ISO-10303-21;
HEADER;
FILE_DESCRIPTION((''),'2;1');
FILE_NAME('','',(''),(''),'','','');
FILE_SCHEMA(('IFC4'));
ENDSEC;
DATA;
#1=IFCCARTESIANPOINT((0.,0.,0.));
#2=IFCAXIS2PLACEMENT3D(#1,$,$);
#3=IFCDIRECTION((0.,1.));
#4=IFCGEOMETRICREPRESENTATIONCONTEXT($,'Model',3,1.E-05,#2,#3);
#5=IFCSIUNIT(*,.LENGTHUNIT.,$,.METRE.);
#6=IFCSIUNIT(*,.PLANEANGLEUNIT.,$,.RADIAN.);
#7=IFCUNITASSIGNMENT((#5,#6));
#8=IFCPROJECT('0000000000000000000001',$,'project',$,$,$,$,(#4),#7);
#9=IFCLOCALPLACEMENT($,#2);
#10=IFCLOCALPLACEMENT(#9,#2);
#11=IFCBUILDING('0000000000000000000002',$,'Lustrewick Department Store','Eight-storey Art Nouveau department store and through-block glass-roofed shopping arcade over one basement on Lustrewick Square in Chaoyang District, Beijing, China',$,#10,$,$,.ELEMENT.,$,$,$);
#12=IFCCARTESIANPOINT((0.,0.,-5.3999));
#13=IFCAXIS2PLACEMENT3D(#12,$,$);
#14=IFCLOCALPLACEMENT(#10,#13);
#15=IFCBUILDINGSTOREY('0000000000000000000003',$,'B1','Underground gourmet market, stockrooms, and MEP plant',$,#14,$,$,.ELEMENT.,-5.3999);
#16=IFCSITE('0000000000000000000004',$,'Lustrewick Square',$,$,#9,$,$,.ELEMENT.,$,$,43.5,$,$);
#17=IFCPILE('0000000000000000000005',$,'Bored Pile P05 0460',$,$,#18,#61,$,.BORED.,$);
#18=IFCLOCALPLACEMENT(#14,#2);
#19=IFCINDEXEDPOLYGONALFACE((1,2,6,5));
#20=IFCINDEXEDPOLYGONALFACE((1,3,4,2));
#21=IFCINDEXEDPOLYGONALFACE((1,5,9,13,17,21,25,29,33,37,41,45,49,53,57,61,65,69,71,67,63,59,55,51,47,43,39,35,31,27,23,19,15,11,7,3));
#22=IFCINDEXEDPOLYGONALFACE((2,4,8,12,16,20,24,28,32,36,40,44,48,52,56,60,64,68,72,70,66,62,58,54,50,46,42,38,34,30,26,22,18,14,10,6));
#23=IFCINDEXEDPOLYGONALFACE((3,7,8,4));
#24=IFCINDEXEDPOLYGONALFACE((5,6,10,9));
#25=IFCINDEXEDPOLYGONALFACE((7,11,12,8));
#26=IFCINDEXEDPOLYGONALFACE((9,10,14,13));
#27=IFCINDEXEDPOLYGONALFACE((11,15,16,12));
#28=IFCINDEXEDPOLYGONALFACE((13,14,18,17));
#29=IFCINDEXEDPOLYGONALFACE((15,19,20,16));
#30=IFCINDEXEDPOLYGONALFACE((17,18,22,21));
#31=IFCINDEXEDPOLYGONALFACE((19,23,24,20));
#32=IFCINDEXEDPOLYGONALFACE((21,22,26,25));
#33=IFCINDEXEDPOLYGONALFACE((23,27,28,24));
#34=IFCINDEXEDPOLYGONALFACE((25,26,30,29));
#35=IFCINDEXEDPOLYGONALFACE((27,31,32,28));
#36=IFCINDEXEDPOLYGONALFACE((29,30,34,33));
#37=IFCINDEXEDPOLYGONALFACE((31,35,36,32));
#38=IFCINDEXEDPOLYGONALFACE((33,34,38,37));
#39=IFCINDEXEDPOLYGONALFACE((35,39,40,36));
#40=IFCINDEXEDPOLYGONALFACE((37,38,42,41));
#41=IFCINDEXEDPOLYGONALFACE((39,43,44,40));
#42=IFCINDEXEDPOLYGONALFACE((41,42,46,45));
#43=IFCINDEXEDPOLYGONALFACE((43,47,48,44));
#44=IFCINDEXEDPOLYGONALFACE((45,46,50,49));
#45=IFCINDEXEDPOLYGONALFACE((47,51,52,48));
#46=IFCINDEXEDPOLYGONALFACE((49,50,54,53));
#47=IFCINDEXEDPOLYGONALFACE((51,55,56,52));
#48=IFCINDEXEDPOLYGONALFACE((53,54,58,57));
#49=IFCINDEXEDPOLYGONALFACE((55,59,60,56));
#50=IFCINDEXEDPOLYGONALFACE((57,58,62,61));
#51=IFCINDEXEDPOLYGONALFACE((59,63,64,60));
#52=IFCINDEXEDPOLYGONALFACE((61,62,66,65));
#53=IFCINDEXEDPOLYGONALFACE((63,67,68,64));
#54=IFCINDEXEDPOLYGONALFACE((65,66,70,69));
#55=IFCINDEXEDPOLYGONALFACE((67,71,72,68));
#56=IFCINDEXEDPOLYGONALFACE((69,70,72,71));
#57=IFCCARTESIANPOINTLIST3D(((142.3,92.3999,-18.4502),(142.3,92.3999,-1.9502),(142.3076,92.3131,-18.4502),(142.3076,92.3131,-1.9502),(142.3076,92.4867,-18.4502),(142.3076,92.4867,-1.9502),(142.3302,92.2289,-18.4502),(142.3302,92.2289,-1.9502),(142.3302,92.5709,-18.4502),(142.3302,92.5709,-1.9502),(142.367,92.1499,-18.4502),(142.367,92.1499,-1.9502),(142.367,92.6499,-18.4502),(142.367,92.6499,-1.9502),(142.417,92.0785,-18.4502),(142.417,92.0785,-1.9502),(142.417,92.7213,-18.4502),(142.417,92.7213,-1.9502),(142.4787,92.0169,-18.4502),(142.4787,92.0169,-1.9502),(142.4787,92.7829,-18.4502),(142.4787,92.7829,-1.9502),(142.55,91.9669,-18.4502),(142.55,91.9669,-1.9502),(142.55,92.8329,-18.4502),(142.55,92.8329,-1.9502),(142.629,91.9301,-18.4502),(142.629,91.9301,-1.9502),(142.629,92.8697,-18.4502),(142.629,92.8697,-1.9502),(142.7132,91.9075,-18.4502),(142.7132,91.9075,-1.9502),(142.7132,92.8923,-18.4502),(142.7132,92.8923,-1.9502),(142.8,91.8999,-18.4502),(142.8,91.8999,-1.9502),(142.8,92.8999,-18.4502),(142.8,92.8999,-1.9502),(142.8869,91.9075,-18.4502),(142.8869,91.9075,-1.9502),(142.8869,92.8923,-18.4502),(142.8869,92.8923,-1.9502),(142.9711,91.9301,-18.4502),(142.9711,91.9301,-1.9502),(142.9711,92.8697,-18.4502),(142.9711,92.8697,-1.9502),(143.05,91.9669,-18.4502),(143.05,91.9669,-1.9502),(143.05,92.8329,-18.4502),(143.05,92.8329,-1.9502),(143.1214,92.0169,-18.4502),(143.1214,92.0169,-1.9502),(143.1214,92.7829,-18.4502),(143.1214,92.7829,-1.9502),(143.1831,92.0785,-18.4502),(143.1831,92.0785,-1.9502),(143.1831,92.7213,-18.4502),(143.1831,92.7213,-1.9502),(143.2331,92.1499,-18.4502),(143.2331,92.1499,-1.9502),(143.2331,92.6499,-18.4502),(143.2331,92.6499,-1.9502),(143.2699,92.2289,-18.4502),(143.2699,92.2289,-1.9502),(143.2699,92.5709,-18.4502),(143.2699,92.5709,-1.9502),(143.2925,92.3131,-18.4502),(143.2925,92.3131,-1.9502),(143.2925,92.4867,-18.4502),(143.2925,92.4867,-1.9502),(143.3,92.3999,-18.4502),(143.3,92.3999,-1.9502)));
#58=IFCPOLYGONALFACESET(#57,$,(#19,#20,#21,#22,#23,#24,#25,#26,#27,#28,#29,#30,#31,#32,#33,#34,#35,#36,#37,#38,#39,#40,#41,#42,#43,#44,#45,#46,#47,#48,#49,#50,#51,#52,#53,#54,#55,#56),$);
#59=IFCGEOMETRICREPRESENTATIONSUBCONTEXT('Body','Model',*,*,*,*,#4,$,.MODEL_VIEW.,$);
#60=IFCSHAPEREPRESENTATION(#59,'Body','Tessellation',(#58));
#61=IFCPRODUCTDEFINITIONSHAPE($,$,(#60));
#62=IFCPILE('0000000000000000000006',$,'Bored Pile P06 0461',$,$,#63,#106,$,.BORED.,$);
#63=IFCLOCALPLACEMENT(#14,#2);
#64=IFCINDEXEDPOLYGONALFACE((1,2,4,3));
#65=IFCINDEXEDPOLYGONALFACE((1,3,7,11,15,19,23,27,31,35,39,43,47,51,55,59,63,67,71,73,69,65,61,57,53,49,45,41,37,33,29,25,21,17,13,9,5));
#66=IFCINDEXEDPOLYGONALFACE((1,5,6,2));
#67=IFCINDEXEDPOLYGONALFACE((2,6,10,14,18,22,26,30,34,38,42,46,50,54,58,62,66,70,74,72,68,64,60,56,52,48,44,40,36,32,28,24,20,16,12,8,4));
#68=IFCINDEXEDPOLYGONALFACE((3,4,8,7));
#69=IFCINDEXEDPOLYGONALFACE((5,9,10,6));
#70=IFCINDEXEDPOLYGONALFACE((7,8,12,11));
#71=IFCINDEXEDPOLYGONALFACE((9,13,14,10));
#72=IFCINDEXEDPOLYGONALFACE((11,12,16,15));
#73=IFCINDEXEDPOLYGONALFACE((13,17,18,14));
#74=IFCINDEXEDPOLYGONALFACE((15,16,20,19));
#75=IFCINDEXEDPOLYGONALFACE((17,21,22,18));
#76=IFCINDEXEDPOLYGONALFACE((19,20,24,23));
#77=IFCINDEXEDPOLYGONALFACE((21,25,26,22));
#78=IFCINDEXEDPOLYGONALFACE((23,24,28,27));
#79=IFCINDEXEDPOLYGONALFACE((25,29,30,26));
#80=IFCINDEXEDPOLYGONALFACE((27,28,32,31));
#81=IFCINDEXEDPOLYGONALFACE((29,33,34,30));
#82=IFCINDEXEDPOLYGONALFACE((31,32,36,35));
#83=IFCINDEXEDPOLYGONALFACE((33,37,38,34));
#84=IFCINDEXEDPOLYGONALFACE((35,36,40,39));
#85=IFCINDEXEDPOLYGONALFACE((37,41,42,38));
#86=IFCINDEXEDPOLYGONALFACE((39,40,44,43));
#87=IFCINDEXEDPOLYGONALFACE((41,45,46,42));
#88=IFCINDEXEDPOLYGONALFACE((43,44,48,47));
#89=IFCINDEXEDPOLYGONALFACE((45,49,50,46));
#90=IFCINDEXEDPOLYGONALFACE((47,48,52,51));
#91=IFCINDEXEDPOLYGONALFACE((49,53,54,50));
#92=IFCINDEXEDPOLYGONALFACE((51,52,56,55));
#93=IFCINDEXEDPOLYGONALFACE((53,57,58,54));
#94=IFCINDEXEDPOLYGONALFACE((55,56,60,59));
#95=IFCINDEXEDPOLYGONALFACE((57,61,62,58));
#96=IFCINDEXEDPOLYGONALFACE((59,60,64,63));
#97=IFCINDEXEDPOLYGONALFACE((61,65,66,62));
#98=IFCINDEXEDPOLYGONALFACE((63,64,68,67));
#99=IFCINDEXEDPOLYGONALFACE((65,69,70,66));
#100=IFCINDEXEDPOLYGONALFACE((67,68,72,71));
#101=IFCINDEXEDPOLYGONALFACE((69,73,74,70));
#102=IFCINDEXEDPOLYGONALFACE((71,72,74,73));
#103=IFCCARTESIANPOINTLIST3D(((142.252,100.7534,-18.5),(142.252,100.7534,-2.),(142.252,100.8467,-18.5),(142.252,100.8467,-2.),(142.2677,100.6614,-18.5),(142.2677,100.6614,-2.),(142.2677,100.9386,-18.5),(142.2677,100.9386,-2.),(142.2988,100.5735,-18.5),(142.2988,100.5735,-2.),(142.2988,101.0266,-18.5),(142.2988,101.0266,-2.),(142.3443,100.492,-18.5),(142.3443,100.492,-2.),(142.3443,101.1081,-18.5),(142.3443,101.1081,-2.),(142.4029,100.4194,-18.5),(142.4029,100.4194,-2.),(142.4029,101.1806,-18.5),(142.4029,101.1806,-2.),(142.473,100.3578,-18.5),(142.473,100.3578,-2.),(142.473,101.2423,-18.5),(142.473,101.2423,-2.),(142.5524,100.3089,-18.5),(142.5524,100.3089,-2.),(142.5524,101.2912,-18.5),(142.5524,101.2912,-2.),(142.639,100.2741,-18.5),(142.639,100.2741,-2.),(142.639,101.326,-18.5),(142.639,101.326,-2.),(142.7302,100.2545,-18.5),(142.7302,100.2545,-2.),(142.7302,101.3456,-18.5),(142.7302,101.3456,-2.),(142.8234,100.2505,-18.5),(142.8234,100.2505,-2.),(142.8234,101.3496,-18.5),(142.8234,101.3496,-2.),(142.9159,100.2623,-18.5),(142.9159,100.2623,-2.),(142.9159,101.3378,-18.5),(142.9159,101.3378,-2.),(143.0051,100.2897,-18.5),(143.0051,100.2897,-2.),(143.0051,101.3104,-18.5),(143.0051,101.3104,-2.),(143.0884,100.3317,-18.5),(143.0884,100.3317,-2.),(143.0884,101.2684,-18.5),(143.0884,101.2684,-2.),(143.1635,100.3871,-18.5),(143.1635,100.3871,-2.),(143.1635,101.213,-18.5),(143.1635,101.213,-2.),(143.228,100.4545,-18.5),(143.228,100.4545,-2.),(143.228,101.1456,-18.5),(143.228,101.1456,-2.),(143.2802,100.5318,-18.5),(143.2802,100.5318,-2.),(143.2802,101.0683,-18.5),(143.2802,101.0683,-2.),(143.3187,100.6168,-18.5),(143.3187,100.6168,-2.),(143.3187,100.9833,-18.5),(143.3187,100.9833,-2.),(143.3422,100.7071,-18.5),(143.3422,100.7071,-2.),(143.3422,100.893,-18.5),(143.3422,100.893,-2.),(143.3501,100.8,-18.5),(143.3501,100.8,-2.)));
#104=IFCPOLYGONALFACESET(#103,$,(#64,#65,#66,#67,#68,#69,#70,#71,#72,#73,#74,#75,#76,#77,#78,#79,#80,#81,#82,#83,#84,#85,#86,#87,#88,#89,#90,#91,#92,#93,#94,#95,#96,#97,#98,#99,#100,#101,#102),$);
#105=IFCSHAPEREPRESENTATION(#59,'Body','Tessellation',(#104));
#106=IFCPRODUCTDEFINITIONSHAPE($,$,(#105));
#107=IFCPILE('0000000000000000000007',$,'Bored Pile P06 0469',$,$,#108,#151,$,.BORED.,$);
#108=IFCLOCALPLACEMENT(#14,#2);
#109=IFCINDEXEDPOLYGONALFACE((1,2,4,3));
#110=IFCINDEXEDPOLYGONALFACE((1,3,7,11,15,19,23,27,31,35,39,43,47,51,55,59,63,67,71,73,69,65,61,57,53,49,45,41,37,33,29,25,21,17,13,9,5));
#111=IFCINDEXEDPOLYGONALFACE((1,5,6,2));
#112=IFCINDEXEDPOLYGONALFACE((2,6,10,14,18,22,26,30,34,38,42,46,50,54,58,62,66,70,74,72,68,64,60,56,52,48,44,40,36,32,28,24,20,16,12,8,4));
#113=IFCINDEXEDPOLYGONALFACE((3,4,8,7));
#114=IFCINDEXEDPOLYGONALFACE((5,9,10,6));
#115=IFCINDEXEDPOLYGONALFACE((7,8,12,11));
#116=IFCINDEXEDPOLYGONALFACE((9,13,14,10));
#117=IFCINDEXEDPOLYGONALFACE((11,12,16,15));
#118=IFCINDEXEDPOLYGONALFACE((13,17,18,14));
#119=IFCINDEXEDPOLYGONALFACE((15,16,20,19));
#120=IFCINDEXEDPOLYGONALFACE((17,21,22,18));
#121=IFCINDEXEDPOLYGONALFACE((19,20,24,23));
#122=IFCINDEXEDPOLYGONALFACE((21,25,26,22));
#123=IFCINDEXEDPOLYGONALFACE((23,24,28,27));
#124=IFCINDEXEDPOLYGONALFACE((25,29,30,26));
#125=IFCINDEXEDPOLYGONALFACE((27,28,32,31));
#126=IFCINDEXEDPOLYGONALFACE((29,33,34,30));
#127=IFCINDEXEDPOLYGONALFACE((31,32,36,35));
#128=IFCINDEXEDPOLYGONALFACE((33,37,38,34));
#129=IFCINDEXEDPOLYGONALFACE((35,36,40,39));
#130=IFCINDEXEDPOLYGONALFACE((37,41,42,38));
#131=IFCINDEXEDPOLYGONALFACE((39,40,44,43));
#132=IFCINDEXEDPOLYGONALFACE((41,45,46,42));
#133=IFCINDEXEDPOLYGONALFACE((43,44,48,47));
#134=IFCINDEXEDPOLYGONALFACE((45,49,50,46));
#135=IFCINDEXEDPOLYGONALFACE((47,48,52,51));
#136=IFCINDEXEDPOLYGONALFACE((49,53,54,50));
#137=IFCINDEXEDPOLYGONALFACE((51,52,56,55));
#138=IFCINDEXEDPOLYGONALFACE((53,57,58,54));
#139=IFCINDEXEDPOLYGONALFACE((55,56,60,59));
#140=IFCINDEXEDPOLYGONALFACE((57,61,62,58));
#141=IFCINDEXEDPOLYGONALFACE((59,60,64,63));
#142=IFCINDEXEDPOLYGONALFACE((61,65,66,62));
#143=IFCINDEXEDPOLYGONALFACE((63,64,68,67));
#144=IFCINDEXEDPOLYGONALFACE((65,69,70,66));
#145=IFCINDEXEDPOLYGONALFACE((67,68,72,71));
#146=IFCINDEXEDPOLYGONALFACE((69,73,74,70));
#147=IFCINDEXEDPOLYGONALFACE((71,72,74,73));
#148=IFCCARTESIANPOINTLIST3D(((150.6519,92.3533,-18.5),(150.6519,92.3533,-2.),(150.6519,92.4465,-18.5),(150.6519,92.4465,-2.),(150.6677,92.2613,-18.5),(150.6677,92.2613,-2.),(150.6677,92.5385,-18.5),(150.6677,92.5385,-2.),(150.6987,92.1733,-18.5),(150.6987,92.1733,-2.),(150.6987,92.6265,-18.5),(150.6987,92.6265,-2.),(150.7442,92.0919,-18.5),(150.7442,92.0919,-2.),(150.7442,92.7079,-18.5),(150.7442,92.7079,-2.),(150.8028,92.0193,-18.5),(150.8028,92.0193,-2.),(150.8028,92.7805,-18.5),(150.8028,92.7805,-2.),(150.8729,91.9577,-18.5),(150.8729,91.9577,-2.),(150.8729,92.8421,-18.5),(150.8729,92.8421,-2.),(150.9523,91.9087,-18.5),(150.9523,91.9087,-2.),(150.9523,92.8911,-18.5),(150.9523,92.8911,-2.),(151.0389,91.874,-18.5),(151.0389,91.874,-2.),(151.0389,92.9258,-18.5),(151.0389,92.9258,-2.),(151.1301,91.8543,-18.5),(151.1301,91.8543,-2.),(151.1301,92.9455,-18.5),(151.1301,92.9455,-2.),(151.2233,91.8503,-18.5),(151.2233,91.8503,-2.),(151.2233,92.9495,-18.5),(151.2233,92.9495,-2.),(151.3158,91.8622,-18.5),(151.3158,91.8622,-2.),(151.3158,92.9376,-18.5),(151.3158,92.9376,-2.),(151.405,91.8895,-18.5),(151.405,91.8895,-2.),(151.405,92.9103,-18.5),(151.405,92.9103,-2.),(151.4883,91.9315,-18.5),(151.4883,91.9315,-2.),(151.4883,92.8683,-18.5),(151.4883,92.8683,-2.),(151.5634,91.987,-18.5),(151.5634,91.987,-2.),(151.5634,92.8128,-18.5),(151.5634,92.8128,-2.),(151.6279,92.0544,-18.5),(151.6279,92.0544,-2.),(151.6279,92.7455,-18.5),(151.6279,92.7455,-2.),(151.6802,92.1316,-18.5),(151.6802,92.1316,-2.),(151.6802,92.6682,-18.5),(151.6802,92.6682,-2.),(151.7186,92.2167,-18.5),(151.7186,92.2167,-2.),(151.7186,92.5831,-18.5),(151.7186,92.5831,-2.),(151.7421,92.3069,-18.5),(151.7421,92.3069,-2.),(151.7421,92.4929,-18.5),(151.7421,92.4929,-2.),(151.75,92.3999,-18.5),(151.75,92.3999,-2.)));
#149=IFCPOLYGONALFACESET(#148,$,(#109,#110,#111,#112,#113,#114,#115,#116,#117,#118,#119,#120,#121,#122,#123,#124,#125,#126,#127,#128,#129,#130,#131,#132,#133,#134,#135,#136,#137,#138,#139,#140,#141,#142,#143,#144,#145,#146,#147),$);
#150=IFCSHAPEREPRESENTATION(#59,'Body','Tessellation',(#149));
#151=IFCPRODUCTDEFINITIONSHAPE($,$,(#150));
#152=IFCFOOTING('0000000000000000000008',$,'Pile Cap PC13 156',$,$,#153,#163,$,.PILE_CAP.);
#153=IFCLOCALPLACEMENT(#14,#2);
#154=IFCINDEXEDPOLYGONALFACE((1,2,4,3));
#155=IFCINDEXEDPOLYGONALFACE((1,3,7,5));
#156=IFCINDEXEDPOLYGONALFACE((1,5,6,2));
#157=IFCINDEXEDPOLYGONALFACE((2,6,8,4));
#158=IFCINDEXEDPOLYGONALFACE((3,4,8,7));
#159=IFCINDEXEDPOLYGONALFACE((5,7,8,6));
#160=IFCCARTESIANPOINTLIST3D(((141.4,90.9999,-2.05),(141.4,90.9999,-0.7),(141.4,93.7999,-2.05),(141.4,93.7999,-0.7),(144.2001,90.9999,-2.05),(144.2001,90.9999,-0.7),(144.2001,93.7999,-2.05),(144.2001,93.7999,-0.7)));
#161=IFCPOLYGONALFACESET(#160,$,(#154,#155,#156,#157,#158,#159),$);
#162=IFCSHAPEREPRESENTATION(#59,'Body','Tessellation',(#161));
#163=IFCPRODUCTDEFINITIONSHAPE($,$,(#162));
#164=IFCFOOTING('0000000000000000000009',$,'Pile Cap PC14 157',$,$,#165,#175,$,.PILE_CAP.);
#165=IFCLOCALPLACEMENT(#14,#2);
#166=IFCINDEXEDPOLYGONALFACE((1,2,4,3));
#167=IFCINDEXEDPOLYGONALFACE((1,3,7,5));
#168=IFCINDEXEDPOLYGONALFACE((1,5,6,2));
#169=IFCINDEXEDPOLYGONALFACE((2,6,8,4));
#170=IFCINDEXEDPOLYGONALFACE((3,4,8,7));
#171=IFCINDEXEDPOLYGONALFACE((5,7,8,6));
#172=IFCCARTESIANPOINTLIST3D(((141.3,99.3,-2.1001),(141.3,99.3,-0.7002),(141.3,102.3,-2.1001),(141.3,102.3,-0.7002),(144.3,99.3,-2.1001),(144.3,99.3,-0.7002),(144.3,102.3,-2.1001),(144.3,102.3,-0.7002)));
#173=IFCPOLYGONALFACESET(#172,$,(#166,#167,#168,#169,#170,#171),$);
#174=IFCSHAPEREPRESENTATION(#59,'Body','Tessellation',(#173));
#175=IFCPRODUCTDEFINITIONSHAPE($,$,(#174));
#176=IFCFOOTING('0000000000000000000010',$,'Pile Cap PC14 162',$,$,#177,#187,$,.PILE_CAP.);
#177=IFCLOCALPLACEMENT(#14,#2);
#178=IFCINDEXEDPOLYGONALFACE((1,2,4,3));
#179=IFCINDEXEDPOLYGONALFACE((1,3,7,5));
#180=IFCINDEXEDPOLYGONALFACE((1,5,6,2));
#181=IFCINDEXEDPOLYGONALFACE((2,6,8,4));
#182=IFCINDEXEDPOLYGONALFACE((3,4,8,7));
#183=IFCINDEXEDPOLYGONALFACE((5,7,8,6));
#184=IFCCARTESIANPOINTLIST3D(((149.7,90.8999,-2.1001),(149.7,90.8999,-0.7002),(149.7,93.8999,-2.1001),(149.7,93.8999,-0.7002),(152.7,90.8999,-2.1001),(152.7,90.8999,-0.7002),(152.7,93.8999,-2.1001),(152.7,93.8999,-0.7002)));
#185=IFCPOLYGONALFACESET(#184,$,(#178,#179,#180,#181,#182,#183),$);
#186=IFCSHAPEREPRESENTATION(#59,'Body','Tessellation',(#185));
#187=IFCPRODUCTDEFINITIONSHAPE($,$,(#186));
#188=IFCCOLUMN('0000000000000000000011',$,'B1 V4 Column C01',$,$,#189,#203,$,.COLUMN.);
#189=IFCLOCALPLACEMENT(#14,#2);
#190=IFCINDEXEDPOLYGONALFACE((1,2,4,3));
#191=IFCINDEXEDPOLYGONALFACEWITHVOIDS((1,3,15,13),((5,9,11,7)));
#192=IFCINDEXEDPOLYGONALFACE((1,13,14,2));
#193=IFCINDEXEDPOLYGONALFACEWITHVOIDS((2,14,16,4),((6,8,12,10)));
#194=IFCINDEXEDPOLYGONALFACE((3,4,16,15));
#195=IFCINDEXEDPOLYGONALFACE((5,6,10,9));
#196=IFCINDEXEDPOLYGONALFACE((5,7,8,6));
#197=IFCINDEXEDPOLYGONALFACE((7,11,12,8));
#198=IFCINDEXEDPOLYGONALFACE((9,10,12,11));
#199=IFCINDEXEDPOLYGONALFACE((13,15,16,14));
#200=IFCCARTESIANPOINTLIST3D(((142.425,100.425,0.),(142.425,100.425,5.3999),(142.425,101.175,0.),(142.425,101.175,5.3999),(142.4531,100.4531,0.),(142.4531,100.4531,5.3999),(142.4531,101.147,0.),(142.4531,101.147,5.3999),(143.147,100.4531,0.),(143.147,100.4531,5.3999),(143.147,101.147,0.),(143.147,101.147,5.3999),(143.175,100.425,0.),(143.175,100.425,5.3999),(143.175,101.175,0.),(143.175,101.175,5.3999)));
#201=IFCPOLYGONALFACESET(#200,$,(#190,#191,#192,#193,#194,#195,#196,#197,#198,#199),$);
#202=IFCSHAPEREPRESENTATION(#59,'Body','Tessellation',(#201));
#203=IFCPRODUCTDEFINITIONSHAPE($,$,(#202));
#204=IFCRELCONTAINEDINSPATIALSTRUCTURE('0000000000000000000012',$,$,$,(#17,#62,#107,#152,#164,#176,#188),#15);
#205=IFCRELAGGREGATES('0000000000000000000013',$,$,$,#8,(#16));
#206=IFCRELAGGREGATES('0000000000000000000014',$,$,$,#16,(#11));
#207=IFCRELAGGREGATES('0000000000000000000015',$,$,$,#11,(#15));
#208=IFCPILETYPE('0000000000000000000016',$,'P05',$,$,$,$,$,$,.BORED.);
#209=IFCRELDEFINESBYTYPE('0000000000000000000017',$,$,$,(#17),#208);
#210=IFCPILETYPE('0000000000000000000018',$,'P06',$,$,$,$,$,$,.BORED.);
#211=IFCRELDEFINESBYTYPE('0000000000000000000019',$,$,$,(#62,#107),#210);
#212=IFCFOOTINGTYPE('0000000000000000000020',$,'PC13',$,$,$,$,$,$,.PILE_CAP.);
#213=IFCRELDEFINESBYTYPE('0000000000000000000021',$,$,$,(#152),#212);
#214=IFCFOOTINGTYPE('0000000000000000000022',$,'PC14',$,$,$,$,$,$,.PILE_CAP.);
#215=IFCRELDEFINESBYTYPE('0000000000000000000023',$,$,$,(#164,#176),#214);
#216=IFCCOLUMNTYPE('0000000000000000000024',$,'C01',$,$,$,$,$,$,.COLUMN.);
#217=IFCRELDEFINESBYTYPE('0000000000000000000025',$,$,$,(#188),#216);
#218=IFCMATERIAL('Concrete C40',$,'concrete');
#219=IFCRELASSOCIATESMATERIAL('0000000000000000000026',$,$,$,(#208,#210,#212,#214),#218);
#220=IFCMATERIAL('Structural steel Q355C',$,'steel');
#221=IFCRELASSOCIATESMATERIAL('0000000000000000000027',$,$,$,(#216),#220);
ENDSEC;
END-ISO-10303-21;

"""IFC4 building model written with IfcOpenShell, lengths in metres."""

from ifc_helpers import new_model, si_unit, direction, frame, origin, origin_2d, place, context, subcontext, project, spatial, rectangle, hollow_rectangle, circle, extrude, material, material_profile, profile_set, type_object, element, save


model = new_model("IFC4")

# Units and contexts
model_context = context("Model", 3, precision=1e-05, world=origin(), true_north=direction((0.0, 1.0)))
body_context = subcontext(model_context, "Body", "Model", "MODEL_VIEW")
ifc_project = project(units=[si_unit("LENGTHUNIT", "METRE"), si_unit("PLANEANGLEUNIT", "RADIAN")], contexts=[model_context])

# Site, building, storey
site_placement = place(None, origin())
site = spatial("IfcSite", under=ifc_project, at=site_placement, Name="Lustrewick Square", CompositionType="ELEMENT", RefElevation=43.5)
building_placement = place(site_placement, origin())
building = spatial("IfcBuilding", under=site, at=building_placement, Name="Lustrewick Department Store", Description="Eight-storey Art Nouveau department store and through-block glass-roofed shopping arcade over one basement on Lustrewick Square in Chaoyang District, Beijing, China", CompositionType="ELEMENT")
storey_placement = place(building_placement, frame((0.0, 0.0, -5.3999)))
storey = spatial("IfcBuildingStorey", under=building, at=storey_placement, Name="B1", Description="Underground gourmet market, stockrooms, and MEP plant", CompositionType="ELEMENT", Elevation=-5.3999)

# Piles
ifc_material_1 = material(Name="Concrete C40", Category="concrete")
ifc_material_profile_1 = material_profile(ifc_material_1, circle(Radius=0.5, at=origin_2d()), Name="PILE D1000")
ifc_profile_set_1 = profile_set([ifc_material_profile_1], Name="Concrete C40")
pile_type_1 = type_object("IfcPileType", Name="P05", PredefinedType="BORED", material=ifc_profile_set_1)
pile_placement = place(storey_placement, frame((142.8, 92.3999, -1.9502), z_axis=(0.0, 0.0, -1.0), x_axis=(1.0, 0.0, 0.0)))
element("IfcPile", 1, at=pile_placement, inside=storey, type_object=pile_type_1, Name="Bored Pile P05 0460", PredefinedType="BORED", context=body_context, shape_type="SweptSolid", body=[
    extrude(circle(Radius=0.5, at=origin_2d()), origin(), (0.0, 0.0, 1.0), 16.5),
])
ifc_material_profile_2 = material_profile(ifc_material_1, circle(Radius=0.55, at=origin_2d()), Name="PILE D1100")
ifc_profile_set_2 = profile_set([ifc_material_profile_2], Name="Concrete C40")
pile_type_2 = type_object("IfcPileType", Name="P06", PredefinedType="BORED", material=ifc_profile_set_2)
for number, where, z_axis, x_axis, name in (
    (2, (142.8, 100.8, -2.0), (0.0, 0.0, -1.0), (1.0, 0.0, 0.0), "Bored Pile P06 0461"),
    (3, (151.2, 92.3999, -2.0), (0.0, 0.0, -1.0), (1.0, 0.0, 0.0), "Bored Pile P06 0469"),
):
    element("IfcPile", number, at=place(storey_placement, frame(where, z_axis=z_axis, x_axis=x_axis)), inside=storey, type_object=pile_type_2, Name=name, PredefinedType="BORED", context=body_context, shape_type="SweptSolid", body=[
        extrude(circle(Radius=0.55, at=origin_2d()), origin(), (0.0, 0.0, 1.0), 16.5),
    ])

# Footings
footing_type_1 = type_object("IfcFootingType", Name="PC13", PredefinedType="PILE_CAP", material=ifc_material_1)
footing_placement = place(storey_placement, frame((142.8, 92.3999, -2.05), z_axis=(0.0, 0.0, 1.0), x_axis=(1.0, 0.0, 0.0)))
element("IfcFooting", 4, at=footing_placement, inside=storey, type_object=footing_type_1, Name="Pile Cap PC13 156", PredefinedType="PILE_CAP", context=body_context, shape_type="SweptSolid", body=[
    extrude(rectangle(XDim=2.8, YDim=2.8, at=origin_2d()), origin(), (0.0, 0.0, 1.0), 1.3501),
])
footing_type_2 = type_object("IfcFootingType", Name="PC14", PredefinedType="PILE_CAP", material=ifc_material_1)
for number, where, z_axis, x_axis, name in (
    (5, (142.8, 100.8, -2.1001), (0.0, 0.0, 1.0), (1.0, 0.0, 0.0), "Pile Cap PC14 157"),
    (6, (151.2, 92.3999, -2.1001), (0.0, 0.0, 1.0), (1.0, 0.0, 0.0), "Pile Cap PC14 162"),
):
    element("IfcFooting", number, at=place(storey_placement, frame(where, z_axis=z_axis, x_axis=x_axis)), inside=storey, type_object=footing_type_2, Name=name, PredefinedType="PILE_CAP", context=body_context, shape_type="SweptSolid", body=[
        extrude(rectangle(XDim=3.0, YDim=3.0, at=origin_2d()), origin(), (0.0, 0.0, 1.0), 1.3999),
    ])

# Column
ifc_material_2 = material(Name="Structural steel Q355C", Category="steel")
ifc_material_profile_3 = material_profile(ifc_material_2, hollow_rectangle(XDim=0.75, YDim=0.75, WallThickness=0.0281, at=origin_2d()), Name="BOX 750x750x28")
ifc_profile_set_3 = profile_set([ifc_material_profile_3], Name="Structural steel Q355C")
column_type_1 = type_object("IfcColumnType", Name="C01", PredefinedType="COLUMN", material=ifc_profile_set_3)
column_placement = place(storey_placement, frame((142.8, 100.8, 0.0), z_axis=(0.0, 0.0, 1.0), x_axis=(1.0, 0.0, 0.0)))
element("IfcColumn", 7, at=column_placement, inside=storey, type_object=column_type_1, Name="B1 V4 Column C01", PredefinedType="COLUMN", context=body_context, shape_type="SweptSolid", body=[
    extrude(hollow_rectangle(XDim=0.75, YDim=0.75, WallThickness=0.0281, at=origin_2d()), origin(), (0.0, 0.0, 1.0), 5.3999),
])

save(model, "model.ifc")
